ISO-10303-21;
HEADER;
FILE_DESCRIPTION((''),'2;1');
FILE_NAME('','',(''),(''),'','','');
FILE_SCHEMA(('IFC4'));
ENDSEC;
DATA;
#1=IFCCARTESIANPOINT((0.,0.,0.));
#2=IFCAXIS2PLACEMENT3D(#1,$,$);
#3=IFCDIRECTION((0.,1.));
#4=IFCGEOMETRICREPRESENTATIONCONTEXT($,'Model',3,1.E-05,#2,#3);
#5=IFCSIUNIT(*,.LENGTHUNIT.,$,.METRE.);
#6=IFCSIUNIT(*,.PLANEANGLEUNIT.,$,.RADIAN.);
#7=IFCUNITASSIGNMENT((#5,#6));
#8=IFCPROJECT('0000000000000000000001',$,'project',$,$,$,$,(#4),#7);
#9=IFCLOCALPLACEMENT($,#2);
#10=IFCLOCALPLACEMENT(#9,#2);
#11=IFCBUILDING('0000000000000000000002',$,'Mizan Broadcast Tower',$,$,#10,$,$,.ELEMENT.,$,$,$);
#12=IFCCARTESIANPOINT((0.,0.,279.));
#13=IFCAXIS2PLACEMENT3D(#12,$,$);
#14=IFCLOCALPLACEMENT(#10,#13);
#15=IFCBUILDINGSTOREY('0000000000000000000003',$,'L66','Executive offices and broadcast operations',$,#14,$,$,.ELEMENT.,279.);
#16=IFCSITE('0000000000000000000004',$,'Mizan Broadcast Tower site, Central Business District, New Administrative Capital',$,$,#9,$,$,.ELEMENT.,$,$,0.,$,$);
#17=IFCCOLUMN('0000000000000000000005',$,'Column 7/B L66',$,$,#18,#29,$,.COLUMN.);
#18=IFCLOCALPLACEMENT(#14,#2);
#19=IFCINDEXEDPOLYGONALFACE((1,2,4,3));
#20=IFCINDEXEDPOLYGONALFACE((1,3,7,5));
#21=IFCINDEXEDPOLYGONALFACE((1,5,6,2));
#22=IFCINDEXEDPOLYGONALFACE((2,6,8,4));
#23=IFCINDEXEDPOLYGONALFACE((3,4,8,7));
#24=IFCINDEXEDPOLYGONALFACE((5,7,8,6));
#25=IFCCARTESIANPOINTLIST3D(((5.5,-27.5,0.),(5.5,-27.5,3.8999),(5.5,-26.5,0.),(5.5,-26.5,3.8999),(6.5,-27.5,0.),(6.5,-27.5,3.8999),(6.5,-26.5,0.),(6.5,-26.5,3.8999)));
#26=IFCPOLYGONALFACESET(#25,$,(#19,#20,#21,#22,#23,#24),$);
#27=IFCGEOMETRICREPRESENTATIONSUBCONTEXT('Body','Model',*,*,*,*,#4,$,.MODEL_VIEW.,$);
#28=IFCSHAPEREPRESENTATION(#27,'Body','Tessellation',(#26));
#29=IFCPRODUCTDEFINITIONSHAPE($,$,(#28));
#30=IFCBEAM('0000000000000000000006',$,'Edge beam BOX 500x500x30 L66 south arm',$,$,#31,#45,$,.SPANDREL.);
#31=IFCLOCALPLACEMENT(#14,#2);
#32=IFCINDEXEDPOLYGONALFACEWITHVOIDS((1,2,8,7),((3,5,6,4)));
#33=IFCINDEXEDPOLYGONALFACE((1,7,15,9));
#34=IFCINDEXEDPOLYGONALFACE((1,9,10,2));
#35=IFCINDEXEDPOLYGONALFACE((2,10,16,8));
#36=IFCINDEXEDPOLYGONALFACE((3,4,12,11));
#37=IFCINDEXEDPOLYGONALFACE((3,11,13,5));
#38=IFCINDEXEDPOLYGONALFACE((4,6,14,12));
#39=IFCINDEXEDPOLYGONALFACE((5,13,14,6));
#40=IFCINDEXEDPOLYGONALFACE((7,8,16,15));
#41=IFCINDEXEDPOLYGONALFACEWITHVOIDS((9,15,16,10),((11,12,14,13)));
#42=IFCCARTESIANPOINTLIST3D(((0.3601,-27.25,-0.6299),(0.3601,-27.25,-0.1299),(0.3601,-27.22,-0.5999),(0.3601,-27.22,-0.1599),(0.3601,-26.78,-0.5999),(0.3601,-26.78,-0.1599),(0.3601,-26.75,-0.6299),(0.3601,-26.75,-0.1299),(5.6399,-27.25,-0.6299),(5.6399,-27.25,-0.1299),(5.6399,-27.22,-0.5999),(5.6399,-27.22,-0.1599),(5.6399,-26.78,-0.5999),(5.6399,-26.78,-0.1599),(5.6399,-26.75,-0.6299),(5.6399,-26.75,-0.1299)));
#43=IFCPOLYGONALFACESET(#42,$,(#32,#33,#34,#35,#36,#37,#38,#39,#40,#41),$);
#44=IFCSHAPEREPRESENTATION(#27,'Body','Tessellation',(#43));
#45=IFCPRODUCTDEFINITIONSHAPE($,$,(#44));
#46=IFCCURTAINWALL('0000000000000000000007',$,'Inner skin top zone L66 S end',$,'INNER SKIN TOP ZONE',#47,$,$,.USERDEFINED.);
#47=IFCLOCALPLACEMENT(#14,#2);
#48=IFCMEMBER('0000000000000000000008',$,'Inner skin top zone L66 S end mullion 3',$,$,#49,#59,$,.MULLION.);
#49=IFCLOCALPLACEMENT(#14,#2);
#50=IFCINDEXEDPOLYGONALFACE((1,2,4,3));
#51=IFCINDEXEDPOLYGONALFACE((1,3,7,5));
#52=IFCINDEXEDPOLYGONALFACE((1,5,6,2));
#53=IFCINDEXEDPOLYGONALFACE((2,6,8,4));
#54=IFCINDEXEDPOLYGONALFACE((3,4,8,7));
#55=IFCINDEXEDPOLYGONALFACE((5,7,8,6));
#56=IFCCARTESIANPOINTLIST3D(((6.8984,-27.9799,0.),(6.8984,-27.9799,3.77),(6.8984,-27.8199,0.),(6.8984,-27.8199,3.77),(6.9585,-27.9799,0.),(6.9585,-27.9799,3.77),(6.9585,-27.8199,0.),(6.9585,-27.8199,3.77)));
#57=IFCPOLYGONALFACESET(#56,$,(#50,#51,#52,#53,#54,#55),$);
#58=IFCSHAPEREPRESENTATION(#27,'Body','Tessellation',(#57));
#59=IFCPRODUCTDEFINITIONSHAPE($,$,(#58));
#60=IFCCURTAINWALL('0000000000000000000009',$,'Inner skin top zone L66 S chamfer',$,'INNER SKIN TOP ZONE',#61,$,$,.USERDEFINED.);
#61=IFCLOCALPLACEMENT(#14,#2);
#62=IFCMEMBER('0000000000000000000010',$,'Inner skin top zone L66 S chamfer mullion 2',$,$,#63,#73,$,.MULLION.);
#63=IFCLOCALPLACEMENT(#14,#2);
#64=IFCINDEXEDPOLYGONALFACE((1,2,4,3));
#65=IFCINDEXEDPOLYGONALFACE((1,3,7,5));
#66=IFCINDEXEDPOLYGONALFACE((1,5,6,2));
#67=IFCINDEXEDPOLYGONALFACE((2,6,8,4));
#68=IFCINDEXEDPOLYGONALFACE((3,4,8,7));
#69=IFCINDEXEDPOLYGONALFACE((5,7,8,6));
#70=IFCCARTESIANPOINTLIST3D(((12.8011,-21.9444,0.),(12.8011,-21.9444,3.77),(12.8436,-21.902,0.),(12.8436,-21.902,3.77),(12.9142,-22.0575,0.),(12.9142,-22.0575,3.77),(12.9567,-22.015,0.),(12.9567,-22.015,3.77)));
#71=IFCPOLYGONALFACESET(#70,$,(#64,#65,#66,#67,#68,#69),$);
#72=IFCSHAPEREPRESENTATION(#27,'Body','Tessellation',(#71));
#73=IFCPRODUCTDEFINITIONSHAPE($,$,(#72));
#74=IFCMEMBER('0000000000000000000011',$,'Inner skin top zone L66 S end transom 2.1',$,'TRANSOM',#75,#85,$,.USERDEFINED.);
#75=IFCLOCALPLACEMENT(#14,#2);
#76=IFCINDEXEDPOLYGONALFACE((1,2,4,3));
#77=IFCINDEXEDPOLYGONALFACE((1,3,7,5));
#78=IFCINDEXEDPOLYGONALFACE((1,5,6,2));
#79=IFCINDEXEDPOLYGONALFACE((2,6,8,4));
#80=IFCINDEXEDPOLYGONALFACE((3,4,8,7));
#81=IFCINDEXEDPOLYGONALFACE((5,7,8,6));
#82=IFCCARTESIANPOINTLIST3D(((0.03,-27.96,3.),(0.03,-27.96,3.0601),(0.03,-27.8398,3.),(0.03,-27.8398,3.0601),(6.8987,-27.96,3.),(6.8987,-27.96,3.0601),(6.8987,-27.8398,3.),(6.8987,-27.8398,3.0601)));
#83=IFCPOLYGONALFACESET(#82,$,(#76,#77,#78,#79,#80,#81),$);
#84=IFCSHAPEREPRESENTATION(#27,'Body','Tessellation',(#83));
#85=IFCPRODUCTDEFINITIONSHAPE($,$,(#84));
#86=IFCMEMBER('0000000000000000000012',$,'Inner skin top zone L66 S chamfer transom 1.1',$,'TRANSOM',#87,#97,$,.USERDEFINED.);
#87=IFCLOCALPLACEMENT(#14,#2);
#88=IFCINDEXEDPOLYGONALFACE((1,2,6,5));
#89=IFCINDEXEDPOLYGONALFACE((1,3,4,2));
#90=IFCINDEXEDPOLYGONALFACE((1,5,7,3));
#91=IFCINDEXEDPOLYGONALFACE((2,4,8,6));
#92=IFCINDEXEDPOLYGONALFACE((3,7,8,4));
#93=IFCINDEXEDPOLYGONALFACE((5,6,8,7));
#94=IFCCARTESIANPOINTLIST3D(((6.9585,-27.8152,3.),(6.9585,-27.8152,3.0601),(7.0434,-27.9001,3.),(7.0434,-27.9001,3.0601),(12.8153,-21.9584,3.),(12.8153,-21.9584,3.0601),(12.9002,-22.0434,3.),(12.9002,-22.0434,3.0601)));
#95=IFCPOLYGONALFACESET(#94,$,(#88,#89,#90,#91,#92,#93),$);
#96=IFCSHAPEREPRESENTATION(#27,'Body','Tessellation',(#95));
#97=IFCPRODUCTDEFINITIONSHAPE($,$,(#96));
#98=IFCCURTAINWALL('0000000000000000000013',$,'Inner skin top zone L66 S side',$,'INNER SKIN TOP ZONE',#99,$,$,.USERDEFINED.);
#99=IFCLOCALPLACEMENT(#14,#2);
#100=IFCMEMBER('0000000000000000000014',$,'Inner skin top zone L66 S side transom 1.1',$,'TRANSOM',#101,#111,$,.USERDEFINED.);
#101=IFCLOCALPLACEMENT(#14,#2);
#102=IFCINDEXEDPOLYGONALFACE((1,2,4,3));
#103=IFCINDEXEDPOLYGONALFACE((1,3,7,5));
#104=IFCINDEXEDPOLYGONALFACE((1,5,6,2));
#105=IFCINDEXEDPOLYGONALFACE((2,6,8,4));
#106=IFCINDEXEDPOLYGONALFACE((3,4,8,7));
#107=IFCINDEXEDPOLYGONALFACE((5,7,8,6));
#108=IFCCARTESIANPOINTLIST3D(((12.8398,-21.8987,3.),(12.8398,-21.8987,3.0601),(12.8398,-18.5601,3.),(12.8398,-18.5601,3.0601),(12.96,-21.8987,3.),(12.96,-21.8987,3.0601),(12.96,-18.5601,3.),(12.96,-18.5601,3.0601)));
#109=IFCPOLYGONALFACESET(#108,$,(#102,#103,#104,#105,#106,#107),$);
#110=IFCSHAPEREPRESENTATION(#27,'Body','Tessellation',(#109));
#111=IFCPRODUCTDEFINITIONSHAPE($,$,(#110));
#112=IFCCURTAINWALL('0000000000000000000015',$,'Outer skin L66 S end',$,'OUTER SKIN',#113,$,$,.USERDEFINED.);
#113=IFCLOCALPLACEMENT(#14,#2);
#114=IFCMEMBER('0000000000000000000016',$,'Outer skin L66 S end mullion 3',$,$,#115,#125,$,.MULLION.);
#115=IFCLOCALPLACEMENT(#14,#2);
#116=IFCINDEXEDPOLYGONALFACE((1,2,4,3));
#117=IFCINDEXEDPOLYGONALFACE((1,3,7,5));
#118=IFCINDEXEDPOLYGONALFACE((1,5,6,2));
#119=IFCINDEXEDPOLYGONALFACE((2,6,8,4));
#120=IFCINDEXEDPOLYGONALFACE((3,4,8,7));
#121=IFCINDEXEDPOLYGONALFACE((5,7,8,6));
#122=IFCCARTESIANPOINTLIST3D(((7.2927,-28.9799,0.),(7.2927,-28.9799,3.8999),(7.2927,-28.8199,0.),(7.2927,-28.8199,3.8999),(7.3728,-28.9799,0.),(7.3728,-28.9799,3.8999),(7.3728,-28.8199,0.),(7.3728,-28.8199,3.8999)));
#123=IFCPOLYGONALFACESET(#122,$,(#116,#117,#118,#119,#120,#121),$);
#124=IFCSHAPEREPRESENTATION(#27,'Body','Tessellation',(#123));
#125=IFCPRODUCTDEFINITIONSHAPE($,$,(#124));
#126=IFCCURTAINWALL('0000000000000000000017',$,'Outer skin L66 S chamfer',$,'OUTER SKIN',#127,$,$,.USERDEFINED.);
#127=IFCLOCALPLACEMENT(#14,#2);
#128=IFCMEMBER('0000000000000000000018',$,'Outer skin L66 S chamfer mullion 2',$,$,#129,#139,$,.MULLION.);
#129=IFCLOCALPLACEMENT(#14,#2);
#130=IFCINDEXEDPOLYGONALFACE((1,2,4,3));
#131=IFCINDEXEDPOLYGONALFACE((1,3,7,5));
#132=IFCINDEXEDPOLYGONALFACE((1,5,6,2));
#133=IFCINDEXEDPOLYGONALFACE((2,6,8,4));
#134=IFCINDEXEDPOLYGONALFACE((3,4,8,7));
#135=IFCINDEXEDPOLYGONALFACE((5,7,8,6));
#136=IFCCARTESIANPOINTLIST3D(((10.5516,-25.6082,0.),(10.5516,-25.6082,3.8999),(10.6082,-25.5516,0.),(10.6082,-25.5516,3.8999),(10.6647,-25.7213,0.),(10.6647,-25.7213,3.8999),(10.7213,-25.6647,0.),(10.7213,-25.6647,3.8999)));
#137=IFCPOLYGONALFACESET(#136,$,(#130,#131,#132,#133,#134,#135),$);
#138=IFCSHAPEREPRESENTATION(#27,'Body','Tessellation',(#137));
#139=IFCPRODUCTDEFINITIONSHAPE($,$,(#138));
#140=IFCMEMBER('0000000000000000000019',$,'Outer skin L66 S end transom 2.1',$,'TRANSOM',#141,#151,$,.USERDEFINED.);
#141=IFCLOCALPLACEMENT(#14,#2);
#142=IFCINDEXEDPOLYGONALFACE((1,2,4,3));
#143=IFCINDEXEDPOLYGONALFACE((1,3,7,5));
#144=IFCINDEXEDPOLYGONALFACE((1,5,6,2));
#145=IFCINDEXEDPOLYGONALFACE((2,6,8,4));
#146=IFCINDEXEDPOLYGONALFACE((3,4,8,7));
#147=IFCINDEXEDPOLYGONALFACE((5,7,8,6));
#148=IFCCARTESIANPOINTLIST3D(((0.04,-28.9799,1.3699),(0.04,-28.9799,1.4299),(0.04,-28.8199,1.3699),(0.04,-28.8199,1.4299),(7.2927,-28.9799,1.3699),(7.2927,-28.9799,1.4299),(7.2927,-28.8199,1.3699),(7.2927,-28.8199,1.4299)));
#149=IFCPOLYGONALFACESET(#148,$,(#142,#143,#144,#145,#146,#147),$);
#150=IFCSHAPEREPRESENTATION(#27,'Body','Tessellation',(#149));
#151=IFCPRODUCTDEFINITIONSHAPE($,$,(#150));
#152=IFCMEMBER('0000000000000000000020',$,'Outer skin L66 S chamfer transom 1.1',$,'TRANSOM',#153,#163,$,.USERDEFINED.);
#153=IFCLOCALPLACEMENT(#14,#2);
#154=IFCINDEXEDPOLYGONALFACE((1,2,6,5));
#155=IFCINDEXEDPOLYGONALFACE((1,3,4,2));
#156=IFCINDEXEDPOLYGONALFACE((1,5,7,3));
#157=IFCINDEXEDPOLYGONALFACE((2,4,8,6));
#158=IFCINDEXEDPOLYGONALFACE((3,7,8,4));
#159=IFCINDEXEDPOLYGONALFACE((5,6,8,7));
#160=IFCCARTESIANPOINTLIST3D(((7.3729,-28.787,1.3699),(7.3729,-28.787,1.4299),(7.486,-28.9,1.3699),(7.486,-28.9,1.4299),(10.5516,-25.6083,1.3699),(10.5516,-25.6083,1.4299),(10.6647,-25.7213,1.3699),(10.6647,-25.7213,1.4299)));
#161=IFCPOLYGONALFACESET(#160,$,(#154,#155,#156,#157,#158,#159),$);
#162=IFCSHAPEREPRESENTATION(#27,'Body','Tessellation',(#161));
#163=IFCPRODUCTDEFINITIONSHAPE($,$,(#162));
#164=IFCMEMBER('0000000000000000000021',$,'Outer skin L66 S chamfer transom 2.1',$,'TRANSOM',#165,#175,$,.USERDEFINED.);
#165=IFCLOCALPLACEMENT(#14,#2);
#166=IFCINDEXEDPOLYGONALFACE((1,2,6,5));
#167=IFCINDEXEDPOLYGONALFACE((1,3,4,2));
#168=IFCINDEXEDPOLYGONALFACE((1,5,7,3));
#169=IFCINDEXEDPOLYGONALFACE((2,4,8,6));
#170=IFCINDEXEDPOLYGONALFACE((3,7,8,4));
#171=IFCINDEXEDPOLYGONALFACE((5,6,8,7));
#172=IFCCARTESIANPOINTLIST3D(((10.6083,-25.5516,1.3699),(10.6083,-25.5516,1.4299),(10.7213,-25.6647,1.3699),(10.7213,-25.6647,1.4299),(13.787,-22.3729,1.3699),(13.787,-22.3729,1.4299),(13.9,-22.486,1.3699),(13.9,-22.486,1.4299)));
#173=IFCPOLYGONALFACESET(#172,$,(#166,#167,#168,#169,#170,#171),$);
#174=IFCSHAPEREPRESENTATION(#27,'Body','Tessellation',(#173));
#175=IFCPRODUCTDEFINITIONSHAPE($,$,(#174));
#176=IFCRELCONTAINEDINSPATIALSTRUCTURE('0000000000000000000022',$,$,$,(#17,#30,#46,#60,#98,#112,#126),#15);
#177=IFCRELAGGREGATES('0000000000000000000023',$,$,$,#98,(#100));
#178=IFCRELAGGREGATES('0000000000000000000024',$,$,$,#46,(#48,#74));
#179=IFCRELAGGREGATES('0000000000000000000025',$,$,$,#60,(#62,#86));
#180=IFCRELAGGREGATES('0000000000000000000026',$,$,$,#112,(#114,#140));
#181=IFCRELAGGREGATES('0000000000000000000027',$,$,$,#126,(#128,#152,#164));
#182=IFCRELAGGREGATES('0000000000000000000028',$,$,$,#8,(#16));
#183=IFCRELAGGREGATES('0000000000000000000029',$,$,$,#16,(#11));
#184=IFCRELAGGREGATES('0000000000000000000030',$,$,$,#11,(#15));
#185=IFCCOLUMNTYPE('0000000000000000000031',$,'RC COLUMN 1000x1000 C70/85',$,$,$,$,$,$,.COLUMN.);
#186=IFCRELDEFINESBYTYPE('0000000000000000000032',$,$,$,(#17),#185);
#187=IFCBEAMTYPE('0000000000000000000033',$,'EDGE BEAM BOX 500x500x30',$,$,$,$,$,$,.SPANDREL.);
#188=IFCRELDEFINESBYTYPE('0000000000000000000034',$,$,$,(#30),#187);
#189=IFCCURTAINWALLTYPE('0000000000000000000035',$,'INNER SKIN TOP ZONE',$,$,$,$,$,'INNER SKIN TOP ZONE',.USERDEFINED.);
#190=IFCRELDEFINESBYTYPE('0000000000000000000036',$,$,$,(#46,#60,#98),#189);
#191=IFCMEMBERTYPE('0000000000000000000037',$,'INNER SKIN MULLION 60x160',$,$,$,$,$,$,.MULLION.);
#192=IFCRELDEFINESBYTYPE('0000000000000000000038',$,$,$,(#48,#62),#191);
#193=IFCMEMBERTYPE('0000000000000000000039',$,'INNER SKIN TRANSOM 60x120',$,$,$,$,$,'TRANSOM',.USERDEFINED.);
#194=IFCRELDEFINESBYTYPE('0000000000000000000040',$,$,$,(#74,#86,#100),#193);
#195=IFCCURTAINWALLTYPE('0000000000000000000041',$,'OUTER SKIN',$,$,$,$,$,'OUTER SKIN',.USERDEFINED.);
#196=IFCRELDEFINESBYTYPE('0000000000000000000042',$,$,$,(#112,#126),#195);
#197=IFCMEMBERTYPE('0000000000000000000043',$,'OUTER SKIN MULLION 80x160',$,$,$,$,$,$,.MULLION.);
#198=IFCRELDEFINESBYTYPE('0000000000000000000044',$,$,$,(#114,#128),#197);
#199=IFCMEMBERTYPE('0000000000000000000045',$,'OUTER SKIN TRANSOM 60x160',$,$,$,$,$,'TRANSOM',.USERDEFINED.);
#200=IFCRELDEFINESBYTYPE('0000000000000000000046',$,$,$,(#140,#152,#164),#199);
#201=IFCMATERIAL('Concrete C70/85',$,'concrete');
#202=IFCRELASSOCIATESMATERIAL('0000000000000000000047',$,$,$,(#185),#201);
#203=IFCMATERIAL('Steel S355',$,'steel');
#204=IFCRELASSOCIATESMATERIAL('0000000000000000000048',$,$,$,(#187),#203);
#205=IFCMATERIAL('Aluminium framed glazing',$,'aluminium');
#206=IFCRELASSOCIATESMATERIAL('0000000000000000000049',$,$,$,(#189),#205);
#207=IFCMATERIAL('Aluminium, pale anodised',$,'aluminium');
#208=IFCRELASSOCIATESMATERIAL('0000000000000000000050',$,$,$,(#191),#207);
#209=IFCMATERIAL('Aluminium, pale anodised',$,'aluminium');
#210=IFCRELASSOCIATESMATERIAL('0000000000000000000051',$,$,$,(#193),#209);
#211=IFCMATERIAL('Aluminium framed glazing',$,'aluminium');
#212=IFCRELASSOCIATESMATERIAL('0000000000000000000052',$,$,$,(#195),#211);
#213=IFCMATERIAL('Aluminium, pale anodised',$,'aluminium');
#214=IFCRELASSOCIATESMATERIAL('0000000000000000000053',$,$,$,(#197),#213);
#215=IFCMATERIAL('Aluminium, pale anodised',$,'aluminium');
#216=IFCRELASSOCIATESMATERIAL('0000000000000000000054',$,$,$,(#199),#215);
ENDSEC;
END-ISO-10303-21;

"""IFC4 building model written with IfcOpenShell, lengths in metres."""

from ifc_helpers import new_model, si_unit, direction, frame, origin, origin_2d, place, context, subcontext, project, spatial, rectangle, hollow_rectangle, extrude, material, material_profile, profile_set, type_object, element, aggregate, save


model = new_model("IFC4")

# Units and contexts
model_context = context("Model", 3, precision=1e-05, world=origin(), true_north=direction((0.0, 1.0)))
body_context = subcontext(model_context, "Body", "Model", "MODEL_VIEW")
ifc_project = project(units=[si_unit("LENGTHUNIT", "METRE"), si_unit("PLANEANGLEUNIT", "RADIAN")], contexts=[model_context])

# Site, building, storey
site_placement = place(None, origin())
site = spatial("IfcSite", under=ifc_project, at=site_placement, Name="Mizan Broadcast Tower site, Central Business District, New Administrative Capital", CompositionType="ELEMENT", RefElevation=0.0)
building_placement = place(site_placement, origin())
building = spatial("IfcBuilding", under=site, at=building_placement, Name="Mizan Broadcast Tower", CompositionType="ELEMENT")
storey_placement = place(building_placement, frame((0.0, 0.0, 279.0)))
storey = spatial("IfcBuildingStorey", under=building, at=storey_placement, Name="L66", Description="Executive offices and broadcast operations", CompositionType="ELEMENT", Elevation=279.0)

# Column
ifc_material_1 = material(Name="Concrete C70/85", Category="concrete")
ifc_material_profile_1 = material_profile(ifc_material_1, rectangle(XDim=1.0, YDim=1.0, at=origin_2d()), Name="RC 1000x1000")
ifc_profile_set_1 = profile_set([ifc_material_profile_1], Name="Concrete C70/85")
column_type = type_object("IfcColumnType", Name="RC COLUMN 1000x1000 C70/85", PredefinedType="COLUMN", material=ifc_profile_set_1)
column_placement = place(storey_placement, frame((6.0, -27.0, 0.0), z_axis=(0.0, 0.0, 1.0), x_axis=(1.0, 0.0, 0.0)))
element("IfcColumn", 1, at=column_placement, inside=storey, type_object=column_type, Name="Column 7/B L66", PredefinedType="COLUMN", context=body_context, shape_type="SweptSolid", body=[
    extrude(rectangle(XDim=1.0, YDim=1.0, at=origin_2d()), origin(), (0.0, 0.0, 1.0), 3.8999),
])

# Beam
ifc_material_2 = material(Name="Steel S355", Category="steel")
ifc_material_profile_2 = material_profile(ifc_material_2, hollow_rectangle(XDim=0.5, YDim=0.5, WallThickness=0.03, at=origin_2d()), Name="BOX 500x500x30")
ifc_profile_set_2 = profile_set([ifc_material_profile_2], Name="Steel S355")
beam_type_1 = type_object("IfcBeamType", Name="EDGE BEAM BOX 500x500x30", PredefinedType="SPANDREL", material=ifc_profile_set_2)
beam_1_placement = place(storey_placement, frame((5.6399, -27.0, -0.3799), z_axis=(-1.0, 0.0, 0.0), x_axis=(0.0, -1.0, 0.0)))
element("IfcBeam", 2, at=beam_1_placement, inside=storey, type_object=beam_type_1, Name="Edge beam BOX 500x500x30 L66 south arm", PredefinedType="SPANDREL", context=body_context, shape_type="SweptSolid", body=[
    extrude(hollow_rectangle(XDim=0.5, YDim=0.5, WallThickness=0.03, at=origin_2d()), origin(), (0.0, 0.0, 1.0), 5.2798),
])

# Curtain walls, members
ifc_material_3 = material(Name="Aluminium framed glazing", Category="aluminium")
curtain_wall_type_1 = type_object("IfcCurtainWallType", Name="INNER SKIN TOP ZONE", ElementType="INNER SKIN TOP ZONE", PredefinedType="USERDEFINED", material=ifc_material_3)
curtain_wall_1_placement = place(storey_placement, origin())
curtain_wall_1 = element("IfcCurtainWall", 3, at=curtain_wall_1_placement, inside=storey, type_object=curtain_wall_type_1, Name="Inner skin top zone L66 S end", ObjectType="INNER SKIN TOP ZONE", PredefinedType="USERDEFINED")
ifc_material_4 = material(Name="Aluminium, pale anodised", Category="aluminium")
ifc_material_profile_3 = material_profile(ifc_material_4, rectangle(XDim=0.1599, YDim=0.0601, at=origin_2d()), Name="MULLION 160x60")
ifc_profile_set_3 = profile_set([ifc_material_profile_3], Name="Aluminium, pale anodised")
member_type_1 = type_object("IfcMemberType", Name="INNER SKIN MULLION 60x160", PredefinedType="MULLION", material=ifc_profile_set_3)
member_1_placement = place(storey_placement, frame((6.9285, -27.8999, 0.0), z_axis=(0.0, 0.0, 1.0), x_axis=(0.0, 1.0, 0.0)))
member_1 = element("IfcMember", 4, at=member_1_placement, type_object=member_type_1, Name="Inner skin top zone L66 S end mullion 3", PredefinedType="MULLION", context=body_context, shape_type="SweptSolid", body=[
    extrude(rectangle(XDim=0.1599, YDim=0.0601, at=origin_2d()), origin(), (0.0, 0.0, 1.0), 3.77),
])
curtain_wall_2_placement = place(storey_placement, origin())
curtain_wall_2 = element("IfcCurtainWall", 5, at=curtain_wall_2_placement, inside=storey, type_object=curtain_wall_type_1, Name="Inner skin top zone L66 S chamfer", ObjectType="INNER SKIN TOP ZONE", PredefinedType="USERDEFINED")
member_2_placement = place(storey_placement, frame((12.8789, -21.9797, 0.0), z_axis=(0.0, 0.0, 1.0), x_axis=(-0.707107, 0.707107, 0.0)))
member_2 = element("IfcMember", 6, at=member_2_placement, type_object=member_type_1, Name="Inner skin top zone L66 S chamfer mullion 2", PredefinedType="MULLION", context=body_context, shape_type="SweptSolid", body=[
    extrude(rectangle(XDim=0.1599, YDim=0.0601, at=origin_2d()), origin(), (0.0, 0.0, 1.0), 3.77),
])

# Members
ifc_material_5 = material(Name="Aluminium, pale anodised", Category="aluminium")
ifc_material_profile_4 = material_profile(ifc_material_5, rectangle(XDim=0.1201, YDim=0.0601, at=origin_2d()), Name="TRANSOM 120x60")
ifc_profile_set_4 = profile_set([ifc_material_profile_4], Name="Aluminium, pale anodised")
member_type_2 = type_object("IfcMemberType", Name="INNER SKIN TRANSOM 60x120", ElementType="TRANSOM", PredefinedType="USERDEFINED", material=ifc_profile_set_4)
member_3_placement = place(storey_placement, frame((0.03, -27.8999, 3.03), z_axis=(1.0, 0.0, 0.0), x_axis=(0.0, 1.0, 0.0)))
member_3 = element("IfcMember", 7, at=member_3_placement, type_object=member_type_2, Name="Inner skin top zone L66 S end transom 2.1", ObjectType="TRANSOM", PredefinedType="USERDEFINED", context=body_context, shape_type="SweptSolid", body=[
    extrude(rectangle(XDim=0.1201, YDim=0.0601, at=origin_2d()), origin(), (0.0, 0.0, 1.0), 6.8687),
])
member_4_placement = place(storey_placement, frame((7.001, -27.8577, 3.03), z_axis=(0.707107, 0.707107, 0.0), x_axis=(-0.707107, 0.707107, 0.0)))
member_4 = element("IfcMember", 8, at=member_4_placement, type_object=member_type_2, Name="Inner skin top zone L66 S chamfer transom 1.1", ObjectType="TRANSOM", PredefinedType="USERDEFINED", context=body_context, shape_type="SweptSolid", body=[
    extrude(rectangle(XDim=0.1201, YDim=0.0601, at=origin_2d()), origin(), (0.0, 0.0, 1.0), 8.2827),
])

# Curtain walls, members
curtain_wall_3_placement = place(storey_placement, origin())
curtain_wall_3 = element("IfcCurtainWall", 9, at=curtain_wall_3_placement, inside=storey, type_object=curtain_wall_type_1, Name="Inner skin top zone L66 S side", ObjectType="INNER SKIN TOP ZONE", PredefinedType="USERDEFINED")
member_5_placement = place(storey_placement, frame((12.8999, -21.8987, 3.03), z_axis=(0.0, 1.0, 0.0), x_axis=(-1.0, 0.0, 0.0)))
member_5 = element("IfcMember", 10, at=member_5_placement, type_object=member_type_2, Name="Inner skin top zone L66 S side transom 1.1", ObjectType="TRANSOM", PredefinedType="USERDEFINED", context=body_context, shape_type="SweptSolid", body=[
    extrude(rectangle(XDim=0.1201, YDim=0.0601, at=origin_2d()), origin(), (0.0, 0.0, 1.0), 3.3386),
])
aggregate(curtain_wall_3, [member_5])
ifc_material_6 = material(Name="Aluminium framed glazing", Category="aluminium")
curtain_wall_type_2 = type_object("IfcCurtainWallType", Name="OUTER SKIN", ElementType="OUTER SKIN", PredefinedType="USERDEFINED", material=ifc_material_6)
curtain_wall_4_placement = place(storey_placement, origin())
curtain_wall_4 = element("IfcCurtainWall", 11, at=curtain_wall_4_placement, inside=storey, type_object=curtain_wall_type_2, Name="Outer skin L66 S end", ObjectType="OUTER SKIN", PredefinedType="USERDEFINED")
ifc_material_7 = material(Name="Aluminium, pale anodised", Category="aluminium")
ifc_material_profile_5 = material_profile(ifc_material_7, rectangle(XDim=0.1599, YDim=0.0801, at=origin_2d()), Name="MULLION 160x80")
ifc_profile_set_5 = profile_set([ifc_material_profile_5], Name="Aluminium, pale anodised")
member_type_3 = type_object("IfcMemberType", Name="OUTER SKIN MULLION 80x160", PredefinedType="MULLION", material=ifc_profile_set_5)
member_6_placement = place(storey_placement, frame((7.3328, -28.8999, 0.0), z_axis=(0.0, 0.0, 1.0), x_axis=(0.0, 1.0, 0.0)))
member_6 = element("IfcMember", 12, at=member_6_placement, type_object=member_type_3, Name="Outer skin L66 S end mullion 3", PredefinedType="MULLION", context=body_context, shape_type="SweptSolid", body=[
    extrude(rectangle(XDim=0.1599, YDim=0.0801, at=origin_2d()), origin(), (0.0, 0.0, 1.0), 3.8999),
])
curtain_wall_5_placement = place(storey_placement, origin())
curtain_wall_5 = element("IfcCurtainWall", 13, at=curtain_wall_5_placement, inside=storey, type_object=curtain_wall_type_2, Name="Outer skin L66 S chamfer", ObjectType="OUTER SKIN", PredefinedType="USERDEFINED")
member_7_placement = place(storey_placement, frame((10.6365, -25.6365, 0.0), z_axis=(0.0, 0.0, 1.0), x_axis=(-0.707107, 0.707107, 0.0)))
member_7 = element("IfcMember", 14, at=member_7_placement, type_object=member_type_3, Name="Outer skin L66 S chamfer mullion 2", PredefinedType="MULLION", context=body_context, shape_type="SweptSolid", body=[
    extrude(rectangle(XDim=0.1599, YDim=0.0801, at=origin_2d()), origin(), (0.0, 0.0, 1.0), 3.8999),
])

# Members
ifc_material_8 = material(Name="Aluminium, pale anodised", Category="aluminium")
ifc_material_profile_6 = material_profile(ifc_material_8, rectangle(XDim=0.1599, YDim=0.0601, at=origin_2d()), Name="TRANSOM 160x60")
ifc_profile_set_6 = profile_set([ifc_material_profile_6], Name="Aluminium, pale anodised")
member_type_4 = type_object("IfcMemberType", Name="OUTER SKIN TRANSOM 60x160", ElementType="TRANSOM", PredefinedType="USERDEFINED", material=ifc_profile_set_6)
member_8_placement = place(storey_placement, frame((0.04, -28.8999, 1.3999), z_axis=(1.0, 0.0, 0.0), x_axis=(0.0, 1.0, 0.0)))
member_8 = element("IfcMember", 15, at=member_8_placement, type_object=member_type_4, Name="Outer skin L66 S end transom 2.1", ObjectType="TRANSOM", PredefinedType="USERDEFINED", context=body_context, shape_type="SweptSolid", body=[
    extrude(rectangle(XDim=0.1599, YDim=0.0601, at=origin_2d()), origin(), (0.0, 0.0, 1.0), 7.2527),
])
member_9_placement = place(storey_placement, frame((7.4294, -28.8435, 1.3999), z_axis=(0.707107, 0.707107, 0.0), x_axis=(-0.707107, 0.707107, 0.0)))
member_9 = element("IfcMember", 16, at=member_9_placement, type_object=member_type_4, Name="Outer skin L66 S chamfer transom 1.1", ObjectType="TRANSOM", PredefinedType="USERDEFINED", context=body_context, shape_type="SweptSolid", body=[
    extrude(rectangle(XDim=0.1599, YDim=0.0601, at=origin_2d()), origin(), (0.0, 0.0, 1.0), 4.4954),
])
member_10_placement = place(storey_placement, frame((10.6648, -25.6082, 1.3999), z_axis=(0.707107, 0.707107, 0.0), x_axis=(-0.707107, 0.707107, 0.0)))
member_10 = element("IfcMember", 17, at=member_10_placement, type_object=member_type_4, Name="Outer skin L66 S chamfer transom 2.1", ObjectType="TRANSOM", PredefinedType="USERDEFINED", context=body_context, shape_type="SweptSolid", body=[
    extrude(rectangle(XDim=0.1599, YDim=0.0601, at=origin_2d()), origin(), (0.0, 0.0, 1.0), 4.4954),
])

aggregate(curtain_wall_1, [member_1, member_3])
aggregate(curtain_wall_2, [member_2, member_4])
aggregate(curtain_wall_4, [member_6, member_8])
aggregate(curtain_wall_5, [member_7, member_9, member_10])

save(model, "model.ifc")
